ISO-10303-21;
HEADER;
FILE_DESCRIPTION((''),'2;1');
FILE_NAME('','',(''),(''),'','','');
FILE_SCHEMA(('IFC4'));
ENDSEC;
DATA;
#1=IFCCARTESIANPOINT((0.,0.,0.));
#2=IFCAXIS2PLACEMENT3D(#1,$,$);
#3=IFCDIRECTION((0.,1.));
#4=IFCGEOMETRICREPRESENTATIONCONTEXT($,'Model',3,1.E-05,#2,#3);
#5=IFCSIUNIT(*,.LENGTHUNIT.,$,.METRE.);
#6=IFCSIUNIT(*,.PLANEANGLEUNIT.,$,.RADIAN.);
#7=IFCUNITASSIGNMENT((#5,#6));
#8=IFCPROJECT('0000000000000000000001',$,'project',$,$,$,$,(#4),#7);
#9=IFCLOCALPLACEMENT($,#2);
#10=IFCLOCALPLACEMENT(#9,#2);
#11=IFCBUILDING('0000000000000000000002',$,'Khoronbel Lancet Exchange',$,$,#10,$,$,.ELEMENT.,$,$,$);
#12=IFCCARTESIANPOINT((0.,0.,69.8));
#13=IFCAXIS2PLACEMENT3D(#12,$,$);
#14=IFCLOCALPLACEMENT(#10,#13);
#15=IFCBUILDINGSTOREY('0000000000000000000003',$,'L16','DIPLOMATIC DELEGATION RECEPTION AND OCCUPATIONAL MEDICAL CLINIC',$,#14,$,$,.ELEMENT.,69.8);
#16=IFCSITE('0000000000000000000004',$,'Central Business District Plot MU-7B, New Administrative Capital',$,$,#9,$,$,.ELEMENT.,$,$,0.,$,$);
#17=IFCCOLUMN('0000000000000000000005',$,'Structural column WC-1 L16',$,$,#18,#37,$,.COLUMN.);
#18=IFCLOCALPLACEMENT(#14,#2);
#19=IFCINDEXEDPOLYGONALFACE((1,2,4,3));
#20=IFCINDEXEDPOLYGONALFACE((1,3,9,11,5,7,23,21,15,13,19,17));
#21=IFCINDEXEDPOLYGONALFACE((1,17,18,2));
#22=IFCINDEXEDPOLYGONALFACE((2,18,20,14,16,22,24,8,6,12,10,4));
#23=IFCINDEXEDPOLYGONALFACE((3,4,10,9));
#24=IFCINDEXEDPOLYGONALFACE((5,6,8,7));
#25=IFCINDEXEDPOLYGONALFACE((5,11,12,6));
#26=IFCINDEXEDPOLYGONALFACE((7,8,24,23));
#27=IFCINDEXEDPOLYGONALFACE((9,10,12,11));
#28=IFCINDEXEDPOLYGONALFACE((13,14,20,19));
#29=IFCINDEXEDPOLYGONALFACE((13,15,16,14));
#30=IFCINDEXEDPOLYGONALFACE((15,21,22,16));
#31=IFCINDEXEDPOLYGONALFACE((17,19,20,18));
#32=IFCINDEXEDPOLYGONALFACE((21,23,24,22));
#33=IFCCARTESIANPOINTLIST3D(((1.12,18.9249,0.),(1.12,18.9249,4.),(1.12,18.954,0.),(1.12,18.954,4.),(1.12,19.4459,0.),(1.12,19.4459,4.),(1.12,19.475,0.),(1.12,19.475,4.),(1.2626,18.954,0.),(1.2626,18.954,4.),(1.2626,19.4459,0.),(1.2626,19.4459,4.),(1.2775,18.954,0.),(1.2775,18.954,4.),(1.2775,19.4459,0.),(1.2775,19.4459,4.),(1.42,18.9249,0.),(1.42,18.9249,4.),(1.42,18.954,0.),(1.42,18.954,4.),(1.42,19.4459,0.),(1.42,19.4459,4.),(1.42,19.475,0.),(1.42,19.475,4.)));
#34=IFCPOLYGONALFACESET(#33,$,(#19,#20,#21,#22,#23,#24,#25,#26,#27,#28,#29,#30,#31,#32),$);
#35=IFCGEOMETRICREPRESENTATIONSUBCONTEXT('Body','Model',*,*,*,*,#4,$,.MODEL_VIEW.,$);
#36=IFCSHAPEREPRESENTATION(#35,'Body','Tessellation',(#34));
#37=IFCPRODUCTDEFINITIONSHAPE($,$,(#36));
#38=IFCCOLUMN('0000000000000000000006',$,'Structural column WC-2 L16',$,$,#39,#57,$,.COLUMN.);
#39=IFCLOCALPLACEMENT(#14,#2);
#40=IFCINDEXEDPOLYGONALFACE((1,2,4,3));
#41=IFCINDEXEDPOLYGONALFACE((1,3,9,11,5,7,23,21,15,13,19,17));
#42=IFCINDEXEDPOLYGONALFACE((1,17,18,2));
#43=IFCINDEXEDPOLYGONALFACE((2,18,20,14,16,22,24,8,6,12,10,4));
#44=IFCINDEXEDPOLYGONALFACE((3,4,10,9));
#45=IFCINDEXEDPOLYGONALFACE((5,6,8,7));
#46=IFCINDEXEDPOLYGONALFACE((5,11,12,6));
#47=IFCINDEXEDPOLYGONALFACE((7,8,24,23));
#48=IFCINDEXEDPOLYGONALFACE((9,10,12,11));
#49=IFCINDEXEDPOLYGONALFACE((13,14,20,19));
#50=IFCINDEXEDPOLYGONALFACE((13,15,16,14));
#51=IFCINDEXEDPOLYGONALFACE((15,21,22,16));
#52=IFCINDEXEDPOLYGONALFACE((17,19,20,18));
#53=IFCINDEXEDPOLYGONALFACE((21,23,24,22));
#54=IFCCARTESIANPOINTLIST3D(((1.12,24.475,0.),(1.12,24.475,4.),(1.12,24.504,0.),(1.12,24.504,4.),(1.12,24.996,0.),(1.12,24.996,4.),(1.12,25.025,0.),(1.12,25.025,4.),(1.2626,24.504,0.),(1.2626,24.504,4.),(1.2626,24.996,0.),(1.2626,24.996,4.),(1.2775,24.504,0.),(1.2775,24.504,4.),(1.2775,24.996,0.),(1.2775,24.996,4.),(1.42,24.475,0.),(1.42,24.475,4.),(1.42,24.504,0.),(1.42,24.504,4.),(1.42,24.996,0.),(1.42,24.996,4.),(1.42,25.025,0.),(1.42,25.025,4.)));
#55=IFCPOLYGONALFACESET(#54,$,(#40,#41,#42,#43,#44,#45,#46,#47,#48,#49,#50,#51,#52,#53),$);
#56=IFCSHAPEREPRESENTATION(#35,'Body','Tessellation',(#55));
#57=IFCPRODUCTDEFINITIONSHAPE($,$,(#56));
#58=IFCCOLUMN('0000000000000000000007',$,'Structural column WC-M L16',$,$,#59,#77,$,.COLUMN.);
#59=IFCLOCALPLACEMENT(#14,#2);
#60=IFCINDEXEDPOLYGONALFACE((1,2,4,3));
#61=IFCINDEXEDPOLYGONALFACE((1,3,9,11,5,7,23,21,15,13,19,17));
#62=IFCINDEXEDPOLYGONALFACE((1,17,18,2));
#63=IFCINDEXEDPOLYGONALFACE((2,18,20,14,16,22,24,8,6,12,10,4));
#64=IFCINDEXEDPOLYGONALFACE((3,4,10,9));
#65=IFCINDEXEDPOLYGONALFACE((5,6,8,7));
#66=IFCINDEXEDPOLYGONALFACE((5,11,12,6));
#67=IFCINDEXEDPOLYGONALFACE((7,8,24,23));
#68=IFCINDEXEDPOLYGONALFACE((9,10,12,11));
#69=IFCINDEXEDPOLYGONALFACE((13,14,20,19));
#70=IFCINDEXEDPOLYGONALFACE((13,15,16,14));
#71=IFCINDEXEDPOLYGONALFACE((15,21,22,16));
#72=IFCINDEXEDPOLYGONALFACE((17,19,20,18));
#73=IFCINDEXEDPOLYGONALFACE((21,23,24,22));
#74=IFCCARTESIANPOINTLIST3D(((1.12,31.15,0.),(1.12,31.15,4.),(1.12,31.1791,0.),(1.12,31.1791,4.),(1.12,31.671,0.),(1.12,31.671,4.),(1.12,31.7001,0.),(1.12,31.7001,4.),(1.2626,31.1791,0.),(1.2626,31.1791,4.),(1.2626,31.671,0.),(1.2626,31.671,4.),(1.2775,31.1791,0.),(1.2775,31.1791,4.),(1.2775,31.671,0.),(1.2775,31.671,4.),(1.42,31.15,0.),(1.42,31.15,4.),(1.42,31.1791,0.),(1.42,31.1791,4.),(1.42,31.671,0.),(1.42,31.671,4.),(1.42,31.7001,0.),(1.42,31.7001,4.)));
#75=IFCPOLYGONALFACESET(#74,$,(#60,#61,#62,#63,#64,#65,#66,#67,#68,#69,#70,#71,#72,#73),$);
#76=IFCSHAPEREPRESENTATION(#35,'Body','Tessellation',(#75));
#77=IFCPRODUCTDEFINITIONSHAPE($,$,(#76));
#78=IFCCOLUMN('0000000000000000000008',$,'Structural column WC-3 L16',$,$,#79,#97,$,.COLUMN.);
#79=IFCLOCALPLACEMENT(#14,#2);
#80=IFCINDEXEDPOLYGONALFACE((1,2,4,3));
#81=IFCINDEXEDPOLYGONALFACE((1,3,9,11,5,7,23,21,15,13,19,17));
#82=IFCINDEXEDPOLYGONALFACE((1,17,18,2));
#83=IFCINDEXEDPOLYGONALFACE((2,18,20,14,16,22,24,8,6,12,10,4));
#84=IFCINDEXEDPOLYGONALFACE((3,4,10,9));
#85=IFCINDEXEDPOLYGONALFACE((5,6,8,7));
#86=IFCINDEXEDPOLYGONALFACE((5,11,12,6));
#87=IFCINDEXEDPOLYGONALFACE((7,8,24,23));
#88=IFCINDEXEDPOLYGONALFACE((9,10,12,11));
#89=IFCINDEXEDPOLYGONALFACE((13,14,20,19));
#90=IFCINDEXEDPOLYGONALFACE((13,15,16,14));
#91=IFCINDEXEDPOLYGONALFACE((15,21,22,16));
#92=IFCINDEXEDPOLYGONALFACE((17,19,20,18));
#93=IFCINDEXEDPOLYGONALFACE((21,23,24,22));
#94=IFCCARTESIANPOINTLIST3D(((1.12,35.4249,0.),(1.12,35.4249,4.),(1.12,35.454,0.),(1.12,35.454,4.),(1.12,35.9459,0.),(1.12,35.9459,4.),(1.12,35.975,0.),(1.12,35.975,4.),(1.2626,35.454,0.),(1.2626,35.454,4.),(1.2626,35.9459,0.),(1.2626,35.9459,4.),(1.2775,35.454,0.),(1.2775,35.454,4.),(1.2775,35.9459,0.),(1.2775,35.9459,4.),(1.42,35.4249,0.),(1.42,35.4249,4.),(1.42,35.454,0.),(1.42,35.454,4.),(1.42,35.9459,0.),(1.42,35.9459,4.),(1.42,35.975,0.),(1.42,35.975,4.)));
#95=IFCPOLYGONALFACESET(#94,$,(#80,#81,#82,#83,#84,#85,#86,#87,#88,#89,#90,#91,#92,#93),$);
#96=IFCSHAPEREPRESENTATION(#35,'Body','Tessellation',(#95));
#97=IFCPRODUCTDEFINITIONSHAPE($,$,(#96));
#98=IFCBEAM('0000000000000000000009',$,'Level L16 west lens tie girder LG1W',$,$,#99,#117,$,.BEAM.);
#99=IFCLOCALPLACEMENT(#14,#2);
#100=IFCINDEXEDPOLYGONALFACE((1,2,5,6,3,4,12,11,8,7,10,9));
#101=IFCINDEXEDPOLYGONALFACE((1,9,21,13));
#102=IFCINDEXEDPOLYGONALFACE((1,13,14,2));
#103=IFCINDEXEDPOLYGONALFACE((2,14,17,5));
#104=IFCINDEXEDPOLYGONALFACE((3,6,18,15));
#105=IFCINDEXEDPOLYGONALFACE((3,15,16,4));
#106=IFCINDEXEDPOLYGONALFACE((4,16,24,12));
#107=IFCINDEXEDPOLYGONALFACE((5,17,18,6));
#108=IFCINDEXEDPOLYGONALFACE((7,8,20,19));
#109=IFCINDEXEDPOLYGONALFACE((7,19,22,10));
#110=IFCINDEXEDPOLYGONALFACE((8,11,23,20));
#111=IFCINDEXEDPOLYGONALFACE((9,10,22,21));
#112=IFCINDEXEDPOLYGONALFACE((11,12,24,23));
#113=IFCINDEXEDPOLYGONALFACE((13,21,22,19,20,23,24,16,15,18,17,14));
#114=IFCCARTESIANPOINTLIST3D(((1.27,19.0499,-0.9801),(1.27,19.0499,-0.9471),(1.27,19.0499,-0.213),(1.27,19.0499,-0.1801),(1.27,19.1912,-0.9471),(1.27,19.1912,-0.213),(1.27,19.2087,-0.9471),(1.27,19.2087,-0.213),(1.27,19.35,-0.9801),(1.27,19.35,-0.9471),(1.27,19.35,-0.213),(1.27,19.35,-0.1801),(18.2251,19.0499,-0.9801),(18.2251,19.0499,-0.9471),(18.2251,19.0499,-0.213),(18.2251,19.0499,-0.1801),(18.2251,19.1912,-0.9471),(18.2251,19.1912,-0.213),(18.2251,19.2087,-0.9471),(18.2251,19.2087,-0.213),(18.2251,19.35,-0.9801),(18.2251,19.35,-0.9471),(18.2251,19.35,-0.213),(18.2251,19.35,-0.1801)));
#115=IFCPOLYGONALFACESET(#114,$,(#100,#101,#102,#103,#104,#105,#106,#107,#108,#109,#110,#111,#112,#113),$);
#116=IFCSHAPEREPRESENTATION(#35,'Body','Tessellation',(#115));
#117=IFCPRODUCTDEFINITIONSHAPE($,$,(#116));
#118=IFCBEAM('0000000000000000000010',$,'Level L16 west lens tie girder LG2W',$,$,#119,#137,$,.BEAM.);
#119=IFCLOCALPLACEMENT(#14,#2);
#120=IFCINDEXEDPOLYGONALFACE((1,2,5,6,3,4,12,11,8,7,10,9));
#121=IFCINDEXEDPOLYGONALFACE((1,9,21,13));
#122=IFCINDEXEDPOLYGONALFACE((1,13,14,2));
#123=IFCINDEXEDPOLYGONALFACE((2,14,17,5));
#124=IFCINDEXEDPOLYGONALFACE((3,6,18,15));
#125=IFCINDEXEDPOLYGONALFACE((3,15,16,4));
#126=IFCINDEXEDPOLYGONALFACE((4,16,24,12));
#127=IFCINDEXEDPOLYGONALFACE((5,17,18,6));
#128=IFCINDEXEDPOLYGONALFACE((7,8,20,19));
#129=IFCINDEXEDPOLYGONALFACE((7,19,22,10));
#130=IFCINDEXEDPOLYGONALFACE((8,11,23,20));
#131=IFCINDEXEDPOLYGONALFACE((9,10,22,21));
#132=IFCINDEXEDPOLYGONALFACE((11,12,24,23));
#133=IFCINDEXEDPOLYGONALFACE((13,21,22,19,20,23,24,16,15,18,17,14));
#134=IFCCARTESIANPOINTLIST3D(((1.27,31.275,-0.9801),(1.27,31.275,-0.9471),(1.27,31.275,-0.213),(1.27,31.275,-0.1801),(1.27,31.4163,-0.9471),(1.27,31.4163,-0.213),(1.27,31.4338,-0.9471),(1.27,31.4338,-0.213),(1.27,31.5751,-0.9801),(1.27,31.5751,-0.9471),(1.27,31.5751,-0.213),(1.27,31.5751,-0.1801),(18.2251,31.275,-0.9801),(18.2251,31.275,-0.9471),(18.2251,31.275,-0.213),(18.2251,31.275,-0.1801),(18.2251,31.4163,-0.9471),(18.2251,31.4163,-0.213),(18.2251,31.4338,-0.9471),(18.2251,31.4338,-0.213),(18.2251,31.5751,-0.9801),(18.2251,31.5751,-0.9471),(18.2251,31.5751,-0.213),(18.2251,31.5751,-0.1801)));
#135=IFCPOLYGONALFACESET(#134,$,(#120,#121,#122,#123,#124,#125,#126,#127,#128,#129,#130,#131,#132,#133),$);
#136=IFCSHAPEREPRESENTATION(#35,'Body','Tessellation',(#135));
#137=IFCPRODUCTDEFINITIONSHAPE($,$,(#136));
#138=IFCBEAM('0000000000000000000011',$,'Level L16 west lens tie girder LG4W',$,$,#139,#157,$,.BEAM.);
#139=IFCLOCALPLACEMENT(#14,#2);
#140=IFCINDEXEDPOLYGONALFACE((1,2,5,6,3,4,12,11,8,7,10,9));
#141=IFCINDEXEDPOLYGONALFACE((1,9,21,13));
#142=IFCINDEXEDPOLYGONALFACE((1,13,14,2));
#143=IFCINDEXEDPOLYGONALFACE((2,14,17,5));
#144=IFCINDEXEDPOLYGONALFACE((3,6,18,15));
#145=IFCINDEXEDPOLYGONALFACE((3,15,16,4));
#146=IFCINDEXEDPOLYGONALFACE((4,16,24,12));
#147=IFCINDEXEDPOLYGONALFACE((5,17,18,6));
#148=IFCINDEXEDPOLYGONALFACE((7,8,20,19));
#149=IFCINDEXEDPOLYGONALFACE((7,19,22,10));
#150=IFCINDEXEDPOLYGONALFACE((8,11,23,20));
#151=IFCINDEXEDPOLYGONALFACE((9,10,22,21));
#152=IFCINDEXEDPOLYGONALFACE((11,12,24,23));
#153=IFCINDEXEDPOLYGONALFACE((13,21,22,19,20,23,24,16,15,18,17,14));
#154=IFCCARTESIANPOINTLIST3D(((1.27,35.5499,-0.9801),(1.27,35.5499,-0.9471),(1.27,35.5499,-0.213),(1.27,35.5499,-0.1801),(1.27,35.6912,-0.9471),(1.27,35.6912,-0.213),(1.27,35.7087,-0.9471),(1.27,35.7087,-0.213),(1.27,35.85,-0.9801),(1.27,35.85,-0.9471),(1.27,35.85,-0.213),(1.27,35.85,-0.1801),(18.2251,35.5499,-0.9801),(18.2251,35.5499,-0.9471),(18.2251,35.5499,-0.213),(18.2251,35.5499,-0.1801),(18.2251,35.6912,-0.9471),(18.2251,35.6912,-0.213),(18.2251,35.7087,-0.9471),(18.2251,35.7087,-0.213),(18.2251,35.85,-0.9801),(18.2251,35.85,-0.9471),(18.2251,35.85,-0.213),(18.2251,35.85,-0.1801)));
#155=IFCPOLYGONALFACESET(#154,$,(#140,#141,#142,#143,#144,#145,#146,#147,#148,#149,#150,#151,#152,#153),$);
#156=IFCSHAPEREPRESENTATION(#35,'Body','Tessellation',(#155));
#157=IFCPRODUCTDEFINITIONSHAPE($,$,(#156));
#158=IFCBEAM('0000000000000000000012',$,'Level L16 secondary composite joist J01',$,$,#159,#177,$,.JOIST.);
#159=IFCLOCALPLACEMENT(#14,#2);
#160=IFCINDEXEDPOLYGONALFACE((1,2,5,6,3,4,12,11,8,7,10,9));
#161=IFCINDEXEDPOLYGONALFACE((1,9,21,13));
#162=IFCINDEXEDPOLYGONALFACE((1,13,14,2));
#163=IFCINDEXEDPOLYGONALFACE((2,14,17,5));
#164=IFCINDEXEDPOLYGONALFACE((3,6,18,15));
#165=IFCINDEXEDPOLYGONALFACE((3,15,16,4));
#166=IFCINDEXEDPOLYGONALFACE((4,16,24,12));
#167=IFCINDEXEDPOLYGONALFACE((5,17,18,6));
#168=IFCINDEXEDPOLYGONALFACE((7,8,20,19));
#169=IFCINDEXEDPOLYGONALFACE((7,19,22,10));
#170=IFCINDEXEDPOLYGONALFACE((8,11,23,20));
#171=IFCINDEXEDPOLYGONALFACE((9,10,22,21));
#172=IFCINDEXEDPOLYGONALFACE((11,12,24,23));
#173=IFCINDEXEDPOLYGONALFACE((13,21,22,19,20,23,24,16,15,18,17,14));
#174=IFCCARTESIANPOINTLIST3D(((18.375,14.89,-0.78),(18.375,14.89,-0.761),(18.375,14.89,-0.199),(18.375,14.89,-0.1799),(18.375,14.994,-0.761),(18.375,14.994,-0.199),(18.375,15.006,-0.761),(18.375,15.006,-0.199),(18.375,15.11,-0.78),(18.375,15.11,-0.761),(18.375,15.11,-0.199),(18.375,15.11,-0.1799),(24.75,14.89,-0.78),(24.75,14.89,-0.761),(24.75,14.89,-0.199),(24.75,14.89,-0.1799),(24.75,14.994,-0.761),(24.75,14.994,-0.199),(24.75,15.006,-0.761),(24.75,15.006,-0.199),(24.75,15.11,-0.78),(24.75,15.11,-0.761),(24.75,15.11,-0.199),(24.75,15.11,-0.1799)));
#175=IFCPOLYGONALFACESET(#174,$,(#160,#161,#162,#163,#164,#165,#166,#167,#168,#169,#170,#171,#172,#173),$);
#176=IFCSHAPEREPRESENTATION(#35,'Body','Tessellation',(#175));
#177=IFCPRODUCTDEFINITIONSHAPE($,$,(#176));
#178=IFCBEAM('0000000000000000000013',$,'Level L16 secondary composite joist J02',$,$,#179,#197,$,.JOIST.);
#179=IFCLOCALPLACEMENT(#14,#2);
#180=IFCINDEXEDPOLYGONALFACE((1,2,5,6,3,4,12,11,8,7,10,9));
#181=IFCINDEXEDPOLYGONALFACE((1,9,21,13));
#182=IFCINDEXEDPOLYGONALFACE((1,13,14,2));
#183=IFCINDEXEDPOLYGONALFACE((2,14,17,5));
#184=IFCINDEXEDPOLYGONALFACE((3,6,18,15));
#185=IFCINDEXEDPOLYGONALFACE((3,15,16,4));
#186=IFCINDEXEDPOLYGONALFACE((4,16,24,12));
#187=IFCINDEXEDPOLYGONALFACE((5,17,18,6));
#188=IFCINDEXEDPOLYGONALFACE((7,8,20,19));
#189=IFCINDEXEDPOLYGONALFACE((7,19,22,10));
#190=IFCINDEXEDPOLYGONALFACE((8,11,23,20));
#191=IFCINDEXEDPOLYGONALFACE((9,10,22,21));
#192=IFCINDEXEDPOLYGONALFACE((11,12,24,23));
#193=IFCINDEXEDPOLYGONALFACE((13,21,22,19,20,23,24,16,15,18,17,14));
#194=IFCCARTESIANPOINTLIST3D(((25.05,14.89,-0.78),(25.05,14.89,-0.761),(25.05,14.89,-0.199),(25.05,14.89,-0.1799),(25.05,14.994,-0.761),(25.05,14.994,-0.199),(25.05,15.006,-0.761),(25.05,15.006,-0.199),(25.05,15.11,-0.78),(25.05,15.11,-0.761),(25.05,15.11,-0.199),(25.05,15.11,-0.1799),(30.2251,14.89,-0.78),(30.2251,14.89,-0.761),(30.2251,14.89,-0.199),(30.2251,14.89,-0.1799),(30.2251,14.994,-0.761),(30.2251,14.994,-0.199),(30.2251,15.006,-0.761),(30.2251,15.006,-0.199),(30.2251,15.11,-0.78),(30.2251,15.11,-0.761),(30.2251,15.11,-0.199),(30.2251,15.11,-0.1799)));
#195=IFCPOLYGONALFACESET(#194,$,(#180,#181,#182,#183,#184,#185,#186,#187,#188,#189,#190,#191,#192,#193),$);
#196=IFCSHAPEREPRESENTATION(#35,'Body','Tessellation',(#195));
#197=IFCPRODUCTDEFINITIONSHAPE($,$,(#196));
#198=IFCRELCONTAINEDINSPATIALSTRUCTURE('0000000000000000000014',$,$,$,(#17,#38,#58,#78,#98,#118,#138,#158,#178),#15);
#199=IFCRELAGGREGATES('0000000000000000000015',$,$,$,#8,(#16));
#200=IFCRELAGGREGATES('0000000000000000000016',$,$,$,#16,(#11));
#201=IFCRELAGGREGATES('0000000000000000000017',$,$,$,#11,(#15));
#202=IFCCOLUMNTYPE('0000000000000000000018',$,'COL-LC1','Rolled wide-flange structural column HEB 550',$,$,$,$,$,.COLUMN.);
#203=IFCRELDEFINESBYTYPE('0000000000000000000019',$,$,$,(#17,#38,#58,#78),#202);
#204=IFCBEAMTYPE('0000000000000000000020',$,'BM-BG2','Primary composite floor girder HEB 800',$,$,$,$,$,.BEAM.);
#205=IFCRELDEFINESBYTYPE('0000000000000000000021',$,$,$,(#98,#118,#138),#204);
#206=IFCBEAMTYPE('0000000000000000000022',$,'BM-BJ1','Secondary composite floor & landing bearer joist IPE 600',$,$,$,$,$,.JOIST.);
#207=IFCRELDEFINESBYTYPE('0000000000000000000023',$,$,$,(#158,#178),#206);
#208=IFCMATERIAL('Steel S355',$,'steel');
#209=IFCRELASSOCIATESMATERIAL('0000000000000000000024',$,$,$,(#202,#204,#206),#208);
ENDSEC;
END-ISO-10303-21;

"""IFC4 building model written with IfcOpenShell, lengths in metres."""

from ifc_helpers import new_model, si_unit, direction, frame, origin, origin_2d, place, context, subcontext, project, spatial, i_section, extrude, material, material_profile, profile_set, type_object, element, save


model = new_model("IFC4")

# Units and contexts
model_context = context("Model", 3, precision=1e-05, world=origin(), true_north=direction((0.0, 1.0)))
body_context = subcontext(model_context, "Body", "Model", "MODEL_VIEW")
ifc_project = project(units=[si_unit("LENGTHUNIT", "METRE"), si_unit("PLANEANGLEUNIT", "RADIAN")], contexts=[model_context])

# Site, building, storey
site_placement = place(None, origin())
site = spatial("IfcSite", under=ifc_project, at=site_placement, Name="Central Business District Plot MU-7B, New Administrative Capital", CompositionType="ELEMENT", RefElevation=0.0)
building_placement = place(site_placement, origin())
building = spatial("IfcBuilding", under=site, at=building_placement, Name="Khoronbel Lancet Exchange", CompositionType="ELEMENT")
storey_placement = place(building_placement, frame((0.0, 0.0, 69.8)))
storey = spatial("IfcBuildingStorey", under=building, at=storey_placement, Name="L16", Description="DIPLOMATIC DELEGATION RECEPTION AND OCCUPATIONAL MEDICAL CLINIC", CompositionType="ELEMENT", Elevation=69.8)

# Columns
ifc_material_1 = material(Name="Steel S355", Category="steel")
ifc_material_profile_1 = material_profile(ifc_material_1, i_section(OverallWidth=0.3, OverallDepth=0.55, WebThickness=0.0149, FlangeThickness=0.0291, at=origin_2d()), Name="HEB 550")
ifc_profile_set_1 = profile_set([ifc_material_profile_1], Name="Steel S355")
column_type = type_object("IfcColumnType", Name="COL-LC1", Description="Rolled wide-flange structural column HEB 550", PredefinedType="COLUMN", material=ifc_profile_set_1)
for number, where, z_axis, x_axis, name in (
    (1, (1.27, 19.2, 0.0), (0.0, 0.0, 1.0), (1.0, 0.0, 0.0), "Structural column WC-1 L16"),
    (2, (1.27, 24.75, 0.0), (0.0, 0.0, 1.0), (1.0, 0.0, 0.0), "Structural column WC-2 L16"),
    (3, (1.27, 31.425, 0.0), (0.0, 0.0, 1.0), (1.0, 0.0, 0.0), "Structural column WC-M L16"),
    (4, (1.27, 35.7, 0.0), (0.0, 0.0, 1.0), (1.0, 0.0, 0.0), "Structural column WC-3 L16"),
):
    element("IfcColumn", number, at=place(storey_placement, frame(where, z_axis=z_axis, x_axis=x_axis)), inside=storey, type_object=column_type, Name=name, PredefinedType="COLUMN", context=body_context, shape_type="SweptSolid", body=[
        extrude(i_section(OverallWidth=0.3, OverallDepth=0.55, WebThickness=0.0149, FlangeThickness=0.0291, at=origin_2d()), origin(), (0.0, 0.0, 1.0), 4.0),
    ])

# Beams
ifc_material_profile_2 = material_profile(ifc_material_1, i_section(OverallWidth=0.3, OverallDepth=0.8, WebThickness=0.0176, FlangeThickness=0.033, at=origin_2d()), Name="HEB 800")
ifc_profile_set_2 = profile_set([ifc_material_profile_2], Name="Steel S355")
beam_type_1 = type_object("IfcBeamType", Name="BM-BG2", Description="Primary composite floor girder HEB 800", PredefinedType="BEAM", material=ifc_profile_set_2)
for number, where, z_axis, x_axis, name in (
    (5, (1.27, 19.2, -0.5801), (1.0, 0.0, 0.0), (0.0, 1.0, 0.0), "Level L16 west lens tie girder LG1W"),
    (6, (1.27, 31.425, -0.5801), (1.0, 0.0, 0.0), (0.0, 1.0, 0.0), "Level L16 west lens tie girder LG2W"),
    (7, (1.27, 35.7, -0.5801), (1.0, 0.0, 0.0), (0.0, 1.0, 0.0), "Level L16 west lens tie girder LG4W"),
):
    element("IfcBeam", number, at=place(storey_placement, frame(where, z_axis=z_axis, x_axis=x_axis)), inside=storey, type_object=beam_type_1, Name=name, PredefinedType="BEAM", context=body_context, shape_type="SweptSolid", body=[
        extrude(i_section(OverallWidth=0.3, OverallDepth=0.8, WebThickness=0.0176, FlangeThickness=0.033, at=origin_2d()), origin(), (0.0, 0.0, 1.0), 16.9551),
    ])
ifc_material_profile_3 = material_profile(ifc_material_1, i_section(OverallWidth=0.22, OverallDepth=0.6001, WebThickness=0.012, FlangeThickness=0.019, at=origin_2d()), Name="IPE 600")
ifc_profile_set_3 = profile_set([ifc_material_profile_3], Name="Steel S355")
beam_type_2 = type_object("IfcBeamType", Name="BM-BJ1", Description="Secondary composite floor & landing bearer joist IPE 600", PredefinedType="JOIST", material=ifc_profile_set_3)
beam_1_placement = place(storey_placement, frame((18.375, 15.0, -0.48), z_axis=(1.0, 0.0, 0.0), x_axis=(0.0, 1.0, 0.0)))
element("IfcBeam", 8, at=beam_1_placement, inside=storey, type_object=beam_type_2, Name="Level L16 secondary composite joist J01", PredefinedType="JOIST", context=body_context, shape_type="SweptSolid", body=[
    extrude(i_section(OverallWidth=0.22, OverallDepth=0.6001, WebThickness=0.012, FlangeThickness=0.019, at=origin_2d()), origin(), (0.0, 0.0, 1.0), 6.375),
])
beam_2_placement = place(storey_placement, frame((25.05, 15.0, -0.48), z_axis=(1.0, 0.0, 0.0), x_axis=(0.0, 1.0, 0.0)))
element("IfcBeam", 9, at=beam_2_placement, inside=storey, type_object=beam_type_2, Name="Level L16 secondary composite joist J02", PredefinedType="JOIST", context=body_context, shape_type="SweptSolid", body=[
    extrude(i_section(OverallWidth=0.22, OverallDepth=0.6001, WebThickness=0.012, FlangeThickness=0.019, at=origin_2d()), origin(), (0.0, 0.0, 1.0), 5.175),
])

save(model, "model.ifc")
